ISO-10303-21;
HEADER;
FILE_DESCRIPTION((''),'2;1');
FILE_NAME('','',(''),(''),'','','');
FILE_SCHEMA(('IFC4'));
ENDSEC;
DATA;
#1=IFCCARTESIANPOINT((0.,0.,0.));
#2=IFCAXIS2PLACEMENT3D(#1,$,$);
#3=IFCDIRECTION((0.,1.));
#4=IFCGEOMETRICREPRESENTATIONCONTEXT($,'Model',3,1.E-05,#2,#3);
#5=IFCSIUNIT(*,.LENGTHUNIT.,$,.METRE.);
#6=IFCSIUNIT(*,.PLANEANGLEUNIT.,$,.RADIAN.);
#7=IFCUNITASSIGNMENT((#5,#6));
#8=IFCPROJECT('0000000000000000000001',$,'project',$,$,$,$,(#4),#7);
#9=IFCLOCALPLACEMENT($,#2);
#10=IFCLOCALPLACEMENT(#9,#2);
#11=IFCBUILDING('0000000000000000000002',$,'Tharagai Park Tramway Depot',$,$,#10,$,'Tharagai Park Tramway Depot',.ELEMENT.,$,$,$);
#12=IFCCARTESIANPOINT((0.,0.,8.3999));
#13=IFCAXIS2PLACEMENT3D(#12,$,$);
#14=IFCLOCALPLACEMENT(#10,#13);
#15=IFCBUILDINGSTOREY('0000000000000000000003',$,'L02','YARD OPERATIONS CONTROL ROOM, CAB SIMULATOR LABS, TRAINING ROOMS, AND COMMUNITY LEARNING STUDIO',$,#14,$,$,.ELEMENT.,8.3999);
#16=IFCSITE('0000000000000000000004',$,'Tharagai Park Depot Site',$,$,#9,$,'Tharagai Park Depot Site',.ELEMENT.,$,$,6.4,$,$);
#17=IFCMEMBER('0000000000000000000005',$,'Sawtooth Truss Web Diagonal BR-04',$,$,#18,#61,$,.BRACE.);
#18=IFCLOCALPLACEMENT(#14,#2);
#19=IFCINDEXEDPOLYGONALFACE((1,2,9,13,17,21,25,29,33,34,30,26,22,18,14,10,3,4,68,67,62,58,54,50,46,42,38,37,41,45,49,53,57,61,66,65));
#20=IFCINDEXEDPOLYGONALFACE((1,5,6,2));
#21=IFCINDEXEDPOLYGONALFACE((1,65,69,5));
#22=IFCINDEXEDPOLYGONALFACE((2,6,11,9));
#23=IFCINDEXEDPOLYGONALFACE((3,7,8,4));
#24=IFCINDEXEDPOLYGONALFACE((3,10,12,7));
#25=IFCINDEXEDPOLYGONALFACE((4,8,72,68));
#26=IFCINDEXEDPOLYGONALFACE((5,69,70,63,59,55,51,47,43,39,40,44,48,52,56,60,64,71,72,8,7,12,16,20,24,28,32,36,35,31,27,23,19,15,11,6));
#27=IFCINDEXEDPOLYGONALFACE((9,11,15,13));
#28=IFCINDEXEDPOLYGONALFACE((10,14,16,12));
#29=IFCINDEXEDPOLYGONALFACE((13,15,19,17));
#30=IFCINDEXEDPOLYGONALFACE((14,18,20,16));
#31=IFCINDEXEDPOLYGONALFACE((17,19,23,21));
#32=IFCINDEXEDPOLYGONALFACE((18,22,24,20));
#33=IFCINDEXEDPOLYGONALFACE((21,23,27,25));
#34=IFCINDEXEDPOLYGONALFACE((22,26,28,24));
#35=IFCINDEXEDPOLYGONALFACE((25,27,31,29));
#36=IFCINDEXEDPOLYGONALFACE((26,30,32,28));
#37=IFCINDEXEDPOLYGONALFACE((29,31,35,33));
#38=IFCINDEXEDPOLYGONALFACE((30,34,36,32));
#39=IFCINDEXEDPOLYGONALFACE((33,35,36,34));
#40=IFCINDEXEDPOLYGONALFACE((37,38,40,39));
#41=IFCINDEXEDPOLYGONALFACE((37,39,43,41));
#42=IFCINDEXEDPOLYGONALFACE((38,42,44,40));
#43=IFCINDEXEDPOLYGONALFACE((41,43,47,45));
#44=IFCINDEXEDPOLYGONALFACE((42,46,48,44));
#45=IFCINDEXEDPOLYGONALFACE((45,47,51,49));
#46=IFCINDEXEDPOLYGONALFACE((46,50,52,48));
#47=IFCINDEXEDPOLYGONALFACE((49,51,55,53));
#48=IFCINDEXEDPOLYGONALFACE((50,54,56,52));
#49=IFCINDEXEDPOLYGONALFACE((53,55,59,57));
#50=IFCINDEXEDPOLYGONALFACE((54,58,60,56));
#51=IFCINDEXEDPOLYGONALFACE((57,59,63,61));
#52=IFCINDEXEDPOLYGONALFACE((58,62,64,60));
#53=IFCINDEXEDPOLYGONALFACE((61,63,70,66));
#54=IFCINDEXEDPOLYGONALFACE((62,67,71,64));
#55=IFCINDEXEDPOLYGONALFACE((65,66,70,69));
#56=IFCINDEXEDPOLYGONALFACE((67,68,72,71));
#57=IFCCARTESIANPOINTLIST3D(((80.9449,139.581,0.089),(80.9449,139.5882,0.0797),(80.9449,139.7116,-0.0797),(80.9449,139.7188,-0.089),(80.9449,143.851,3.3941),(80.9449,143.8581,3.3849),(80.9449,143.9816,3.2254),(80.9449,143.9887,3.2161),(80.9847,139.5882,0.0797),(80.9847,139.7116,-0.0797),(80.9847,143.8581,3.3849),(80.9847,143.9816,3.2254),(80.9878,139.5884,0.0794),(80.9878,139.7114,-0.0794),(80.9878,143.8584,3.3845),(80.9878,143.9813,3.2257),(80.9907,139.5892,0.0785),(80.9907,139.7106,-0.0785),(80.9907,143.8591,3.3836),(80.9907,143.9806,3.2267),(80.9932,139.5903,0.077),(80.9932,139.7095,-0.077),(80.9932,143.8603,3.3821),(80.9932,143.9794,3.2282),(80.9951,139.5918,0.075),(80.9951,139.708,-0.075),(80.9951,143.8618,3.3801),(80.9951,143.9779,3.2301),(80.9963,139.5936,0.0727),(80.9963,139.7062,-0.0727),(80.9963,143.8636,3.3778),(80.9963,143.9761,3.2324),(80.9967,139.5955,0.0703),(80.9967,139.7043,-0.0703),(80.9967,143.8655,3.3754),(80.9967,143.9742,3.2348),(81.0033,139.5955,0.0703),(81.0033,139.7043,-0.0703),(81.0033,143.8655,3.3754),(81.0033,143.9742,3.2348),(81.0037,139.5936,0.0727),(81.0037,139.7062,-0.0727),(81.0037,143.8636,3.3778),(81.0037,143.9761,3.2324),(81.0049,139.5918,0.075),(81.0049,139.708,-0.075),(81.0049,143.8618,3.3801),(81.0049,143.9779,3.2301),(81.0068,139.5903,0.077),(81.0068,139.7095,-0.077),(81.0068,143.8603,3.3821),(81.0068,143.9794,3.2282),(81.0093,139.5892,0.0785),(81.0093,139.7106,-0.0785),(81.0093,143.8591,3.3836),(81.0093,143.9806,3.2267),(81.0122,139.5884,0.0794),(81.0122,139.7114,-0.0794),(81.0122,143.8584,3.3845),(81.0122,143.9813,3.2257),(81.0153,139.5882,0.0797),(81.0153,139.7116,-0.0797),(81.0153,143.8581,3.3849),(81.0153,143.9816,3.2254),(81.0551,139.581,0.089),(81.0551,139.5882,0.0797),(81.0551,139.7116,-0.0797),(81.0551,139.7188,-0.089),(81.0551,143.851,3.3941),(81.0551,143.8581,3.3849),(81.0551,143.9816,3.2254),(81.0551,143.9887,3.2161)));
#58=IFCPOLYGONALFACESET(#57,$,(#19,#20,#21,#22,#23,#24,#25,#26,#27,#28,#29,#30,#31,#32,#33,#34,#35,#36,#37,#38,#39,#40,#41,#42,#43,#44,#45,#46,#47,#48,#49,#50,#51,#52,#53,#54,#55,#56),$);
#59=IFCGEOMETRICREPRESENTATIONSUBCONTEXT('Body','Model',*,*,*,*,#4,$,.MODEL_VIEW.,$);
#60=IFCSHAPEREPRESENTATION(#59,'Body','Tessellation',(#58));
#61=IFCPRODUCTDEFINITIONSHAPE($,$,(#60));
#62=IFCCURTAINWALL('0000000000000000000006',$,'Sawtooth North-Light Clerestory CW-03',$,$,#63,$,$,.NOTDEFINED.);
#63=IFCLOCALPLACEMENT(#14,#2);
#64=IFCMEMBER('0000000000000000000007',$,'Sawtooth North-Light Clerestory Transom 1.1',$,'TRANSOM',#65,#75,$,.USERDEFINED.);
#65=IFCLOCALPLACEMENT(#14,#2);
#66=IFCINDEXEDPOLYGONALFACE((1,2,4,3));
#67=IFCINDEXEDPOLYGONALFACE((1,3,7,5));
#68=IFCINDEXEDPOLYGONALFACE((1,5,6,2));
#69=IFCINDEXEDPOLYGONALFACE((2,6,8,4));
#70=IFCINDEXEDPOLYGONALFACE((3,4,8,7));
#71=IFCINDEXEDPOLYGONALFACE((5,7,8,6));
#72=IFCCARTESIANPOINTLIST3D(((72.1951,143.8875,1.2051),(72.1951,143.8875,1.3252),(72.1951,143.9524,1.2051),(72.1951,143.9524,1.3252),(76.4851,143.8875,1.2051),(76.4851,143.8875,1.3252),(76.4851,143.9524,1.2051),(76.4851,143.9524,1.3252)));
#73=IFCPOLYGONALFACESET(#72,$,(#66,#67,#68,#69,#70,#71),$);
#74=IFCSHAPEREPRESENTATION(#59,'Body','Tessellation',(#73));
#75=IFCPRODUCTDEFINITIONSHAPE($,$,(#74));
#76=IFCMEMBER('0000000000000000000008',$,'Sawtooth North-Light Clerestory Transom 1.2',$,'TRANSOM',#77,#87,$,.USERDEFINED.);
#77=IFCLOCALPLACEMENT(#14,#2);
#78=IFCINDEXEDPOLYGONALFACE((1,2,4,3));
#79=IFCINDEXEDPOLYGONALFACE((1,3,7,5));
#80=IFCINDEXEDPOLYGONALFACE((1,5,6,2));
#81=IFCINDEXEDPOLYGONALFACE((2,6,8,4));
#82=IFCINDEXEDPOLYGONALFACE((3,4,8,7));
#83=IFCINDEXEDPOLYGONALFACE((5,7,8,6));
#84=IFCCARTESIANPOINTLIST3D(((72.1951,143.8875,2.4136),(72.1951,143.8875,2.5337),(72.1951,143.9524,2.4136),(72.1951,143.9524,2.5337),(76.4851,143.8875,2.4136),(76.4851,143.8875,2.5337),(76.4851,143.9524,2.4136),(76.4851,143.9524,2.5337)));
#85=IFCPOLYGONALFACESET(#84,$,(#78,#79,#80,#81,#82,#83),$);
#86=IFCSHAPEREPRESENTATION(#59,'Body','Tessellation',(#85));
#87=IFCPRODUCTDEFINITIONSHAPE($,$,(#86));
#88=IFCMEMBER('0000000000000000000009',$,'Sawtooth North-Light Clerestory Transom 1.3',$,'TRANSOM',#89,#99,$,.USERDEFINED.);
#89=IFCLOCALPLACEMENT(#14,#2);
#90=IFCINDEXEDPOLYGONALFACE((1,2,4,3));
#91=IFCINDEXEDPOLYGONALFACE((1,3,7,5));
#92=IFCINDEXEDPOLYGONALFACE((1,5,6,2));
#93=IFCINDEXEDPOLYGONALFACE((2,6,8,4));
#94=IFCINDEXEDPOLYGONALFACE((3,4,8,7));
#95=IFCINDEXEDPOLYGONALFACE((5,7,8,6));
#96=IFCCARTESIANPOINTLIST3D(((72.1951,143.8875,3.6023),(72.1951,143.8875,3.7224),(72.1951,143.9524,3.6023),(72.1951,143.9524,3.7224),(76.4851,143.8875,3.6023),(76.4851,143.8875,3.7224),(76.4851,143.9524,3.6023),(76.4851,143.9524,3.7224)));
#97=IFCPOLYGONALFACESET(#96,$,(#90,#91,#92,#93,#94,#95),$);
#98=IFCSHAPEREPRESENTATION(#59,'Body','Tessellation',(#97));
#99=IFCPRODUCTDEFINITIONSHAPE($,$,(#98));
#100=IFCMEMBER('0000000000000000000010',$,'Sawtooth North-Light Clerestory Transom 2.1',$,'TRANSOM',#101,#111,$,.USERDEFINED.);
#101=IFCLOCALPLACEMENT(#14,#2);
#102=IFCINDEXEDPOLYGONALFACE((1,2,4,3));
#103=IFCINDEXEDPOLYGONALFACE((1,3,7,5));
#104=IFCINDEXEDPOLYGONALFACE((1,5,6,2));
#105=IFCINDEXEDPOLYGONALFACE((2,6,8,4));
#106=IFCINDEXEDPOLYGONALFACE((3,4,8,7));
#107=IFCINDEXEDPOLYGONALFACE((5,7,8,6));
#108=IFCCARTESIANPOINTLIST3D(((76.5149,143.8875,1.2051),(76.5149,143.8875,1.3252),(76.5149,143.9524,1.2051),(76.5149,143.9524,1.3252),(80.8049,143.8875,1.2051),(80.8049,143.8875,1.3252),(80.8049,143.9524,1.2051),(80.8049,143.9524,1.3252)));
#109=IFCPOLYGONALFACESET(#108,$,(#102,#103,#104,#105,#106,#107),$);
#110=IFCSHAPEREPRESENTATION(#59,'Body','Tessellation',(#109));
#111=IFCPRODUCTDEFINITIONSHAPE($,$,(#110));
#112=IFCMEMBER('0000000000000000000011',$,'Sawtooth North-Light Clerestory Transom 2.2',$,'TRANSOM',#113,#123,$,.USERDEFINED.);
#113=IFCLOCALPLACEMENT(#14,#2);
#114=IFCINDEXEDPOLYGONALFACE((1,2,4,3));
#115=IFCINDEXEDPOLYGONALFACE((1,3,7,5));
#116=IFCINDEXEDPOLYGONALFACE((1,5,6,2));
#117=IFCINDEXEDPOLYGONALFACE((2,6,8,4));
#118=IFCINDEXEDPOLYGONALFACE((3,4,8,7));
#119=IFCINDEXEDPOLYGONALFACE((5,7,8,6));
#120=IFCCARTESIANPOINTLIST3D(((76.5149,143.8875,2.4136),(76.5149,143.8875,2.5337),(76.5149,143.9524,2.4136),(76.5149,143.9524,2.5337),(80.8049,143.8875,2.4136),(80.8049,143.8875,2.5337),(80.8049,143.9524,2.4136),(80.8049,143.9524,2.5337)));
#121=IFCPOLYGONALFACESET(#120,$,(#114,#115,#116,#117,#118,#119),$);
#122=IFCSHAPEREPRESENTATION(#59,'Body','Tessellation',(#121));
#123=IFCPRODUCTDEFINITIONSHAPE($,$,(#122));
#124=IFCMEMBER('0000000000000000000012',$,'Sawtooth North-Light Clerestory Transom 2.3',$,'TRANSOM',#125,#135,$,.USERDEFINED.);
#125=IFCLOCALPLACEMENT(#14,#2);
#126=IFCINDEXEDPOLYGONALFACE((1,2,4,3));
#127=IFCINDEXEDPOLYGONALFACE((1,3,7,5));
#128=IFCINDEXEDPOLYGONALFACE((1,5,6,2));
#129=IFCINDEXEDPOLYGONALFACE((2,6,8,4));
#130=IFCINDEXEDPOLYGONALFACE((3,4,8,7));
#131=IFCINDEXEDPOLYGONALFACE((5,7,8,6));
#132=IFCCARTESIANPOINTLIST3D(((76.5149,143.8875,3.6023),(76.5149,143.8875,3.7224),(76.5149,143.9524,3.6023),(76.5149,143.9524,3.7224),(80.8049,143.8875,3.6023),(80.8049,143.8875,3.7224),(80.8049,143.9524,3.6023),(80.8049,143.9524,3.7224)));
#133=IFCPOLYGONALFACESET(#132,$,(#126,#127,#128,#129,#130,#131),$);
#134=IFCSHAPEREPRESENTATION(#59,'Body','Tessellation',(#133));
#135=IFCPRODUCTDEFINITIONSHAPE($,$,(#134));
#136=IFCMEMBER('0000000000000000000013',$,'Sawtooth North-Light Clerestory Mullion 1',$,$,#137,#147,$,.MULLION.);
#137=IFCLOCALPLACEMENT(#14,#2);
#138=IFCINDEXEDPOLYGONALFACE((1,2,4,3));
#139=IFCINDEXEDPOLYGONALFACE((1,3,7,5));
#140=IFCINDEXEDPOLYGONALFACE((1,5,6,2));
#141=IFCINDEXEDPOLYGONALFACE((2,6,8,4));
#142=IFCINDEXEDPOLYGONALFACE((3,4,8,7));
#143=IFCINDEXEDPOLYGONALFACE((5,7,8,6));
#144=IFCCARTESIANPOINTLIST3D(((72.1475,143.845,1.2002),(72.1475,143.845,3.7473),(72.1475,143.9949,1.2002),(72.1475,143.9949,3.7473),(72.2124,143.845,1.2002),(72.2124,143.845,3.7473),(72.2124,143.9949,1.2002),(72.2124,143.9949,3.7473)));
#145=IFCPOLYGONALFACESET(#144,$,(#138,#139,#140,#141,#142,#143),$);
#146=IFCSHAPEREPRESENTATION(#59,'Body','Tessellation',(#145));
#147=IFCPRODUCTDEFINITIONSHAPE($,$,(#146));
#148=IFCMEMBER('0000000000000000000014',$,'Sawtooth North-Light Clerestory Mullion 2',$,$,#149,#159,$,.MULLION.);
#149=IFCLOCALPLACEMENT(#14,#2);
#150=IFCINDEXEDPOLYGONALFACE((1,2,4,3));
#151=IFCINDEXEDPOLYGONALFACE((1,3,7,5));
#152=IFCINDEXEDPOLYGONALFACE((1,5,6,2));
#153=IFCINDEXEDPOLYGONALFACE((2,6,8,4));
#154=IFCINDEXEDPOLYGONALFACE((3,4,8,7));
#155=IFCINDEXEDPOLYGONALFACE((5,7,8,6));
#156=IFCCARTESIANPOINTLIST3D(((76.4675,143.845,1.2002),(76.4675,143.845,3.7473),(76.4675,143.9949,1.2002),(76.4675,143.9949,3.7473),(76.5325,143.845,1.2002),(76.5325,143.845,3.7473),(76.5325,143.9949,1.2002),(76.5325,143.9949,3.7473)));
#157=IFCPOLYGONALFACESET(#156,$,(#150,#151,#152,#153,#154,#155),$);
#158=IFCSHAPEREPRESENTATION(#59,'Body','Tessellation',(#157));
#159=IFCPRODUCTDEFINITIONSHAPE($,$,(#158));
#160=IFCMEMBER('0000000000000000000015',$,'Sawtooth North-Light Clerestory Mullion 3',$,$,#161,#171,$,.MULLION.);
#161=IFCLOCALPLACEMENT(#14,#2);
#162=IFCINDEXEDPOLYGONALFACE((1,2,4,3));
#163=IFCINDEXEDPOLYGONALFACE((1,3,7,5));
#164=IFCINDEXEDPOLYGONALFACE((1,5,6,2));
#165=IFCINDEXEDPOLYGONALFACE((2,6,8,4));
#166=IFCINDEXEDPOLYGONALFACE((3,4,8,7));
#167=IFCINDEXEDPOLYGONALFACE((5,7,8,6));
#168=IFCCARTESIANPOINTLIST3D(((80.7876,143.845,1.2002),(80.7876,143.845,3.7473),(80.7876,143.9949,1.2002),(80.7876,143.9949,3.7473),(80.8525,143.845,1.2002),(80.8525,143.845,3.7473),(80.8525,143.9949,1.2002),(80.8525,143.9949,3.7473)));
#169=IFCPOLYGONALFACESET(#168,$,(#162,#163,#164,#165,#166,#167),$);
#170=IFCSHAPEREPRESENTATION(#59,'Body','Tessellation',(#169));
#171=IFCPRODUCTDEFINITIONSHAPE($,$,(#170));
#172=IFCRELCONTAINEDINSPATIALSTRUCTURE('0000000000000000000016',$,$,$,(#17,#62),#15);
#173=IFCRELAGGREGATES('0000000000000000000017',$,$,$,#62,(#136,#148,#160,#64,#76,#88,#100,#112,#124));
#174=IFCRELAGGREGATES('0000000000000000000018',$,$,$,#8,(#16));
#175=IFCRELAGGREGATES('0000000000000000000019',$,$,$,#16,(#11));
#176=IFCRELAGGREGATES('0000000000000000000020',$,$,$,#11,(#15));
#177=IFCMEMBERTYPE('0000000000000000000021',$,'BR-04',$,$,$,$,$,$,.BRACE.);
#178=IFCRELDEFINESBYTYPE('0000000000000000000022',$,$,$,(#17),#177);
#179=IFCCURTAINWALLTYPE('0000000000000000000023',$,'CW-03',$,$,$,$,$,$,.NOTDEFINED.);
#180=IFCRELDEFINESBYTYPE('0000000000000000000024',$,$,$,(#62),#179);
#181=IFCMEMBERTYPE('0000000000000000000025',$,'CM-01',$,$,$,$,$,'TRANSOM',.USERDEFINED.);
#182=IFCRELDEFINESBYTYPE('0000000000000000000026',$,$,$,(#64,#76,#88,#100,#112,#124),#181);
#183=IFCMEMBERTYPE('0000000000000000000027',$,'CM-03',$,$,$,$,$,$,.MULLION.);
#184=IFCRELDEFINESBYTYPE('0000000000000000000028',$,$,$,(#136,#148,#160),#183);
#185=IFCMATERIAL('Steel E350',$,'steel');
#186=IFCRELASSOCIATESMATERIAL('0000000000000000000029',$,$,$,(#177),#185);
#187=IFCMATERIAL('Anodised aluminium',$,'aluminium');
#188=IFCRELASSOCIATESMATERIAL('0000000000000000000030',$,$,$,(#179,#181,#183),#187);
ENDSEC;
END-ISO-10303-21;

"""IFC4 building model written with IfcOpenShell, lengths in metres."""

from ifc_helpers import new_model, si_unit, direction, frame, origin, origin_2d, place, context, subcontext, project, spatial, rectangle, i_section, extrude, material, material_profile, profile_set, type_object, element, aggregate, save


model = new_model("IFC4")

# Units and contexts
model_context = context("Model", 3, precision=1e-05, world=origin(), true_north=direction((0.0, 1.0)))
body_context = subcontext(model_context, "Body", "Model", "MODEL_VIEW")
ifc_project = project(units=[si_unit("LENGTHUNIT", "METRE"), si_unit("PLANEANGLEUNIT", "RADIAN")], contexts=[model_context])

# Site, building, storey
site_placement = place(None, origin())
site = spatial("IfcSite", under=ifc_project, at=site_placement, Name="Tharagai Park Depot Site", LongName="Tharagai Park Depot Site", CompositionType="ELEMENT", RefElevation=6.4)
building_placement = place(site_placement, origin())
building = spatial("IfcBuilding", under=site, at=building_placement, Name="Tharagai Park Tramway Depot", LongName="Tharagai Park Tramway Depot", CompositionType="ELEMENT")
storey_placement = place(building_placement, frame((0.0, 0.0, 8.3999)))
storey = spatial("IfcBuildingStorey", under=building, at=storey_placement, Name="L02", Description="YARD OPERATIONS CONTROL ROOM, CAB SIMULATOR LABS, TRAINING ROOMS, AND COMMUNITY LEARNING STUDIO", CompositionType="ELEMENT", Elevation=8.3999)

# Shared definitions
ifc_material_1 = material(Name="Steel E350", Category="steel")

# Member
ifc_material_profile_1 = material_profile(ifc_material_1, i_section(OverallWidth=0.1101, OverallDepth=0.2251, WebThickness=0.0066, FlangeThickness=0.0117, FilletRadius=0.012, at=origin_2d()), Name="ISMB 225")
ifc_profile_set_1 = profile_set([ifc_material_profile_1], Name="Steel E350")
member_type_1 = type_object("IfcMemberType", Name="BR-04", PredefinedType="BRACE", material=ifc_profile_set_1)
for number, where, z_axis, x_axis, name in (
    (1, (81.0, 139.6499, 0.0), (0.0, 0.790782, 0.612098), (-1.0, 0.0, 0.0), "Sawtooth Truss Web Diagonal BR-04"),
):
    element("IfcMember", number, at=place(storey_placement, frame(where, z_axis=z_axis, x_axis=x_axis)), inside=storey, type_object=member_type_1, Name=name, PredefinedType="BRACE", context=body_context, shape_type="SweptSolid", body=[
        extrude(i_section(OverallWidth=0.1101, OverallDepth=0.2251, WebThickness=0.0066, FlangeThickness=0.0117, FilletRadius=0.012, at=origin_2d()), origin(), (0.0, 0.0, 1.0), 5.3997),
    ])

# Curtain wall, members
ifc_material_2 = material(Name="Anodised aluminium", Category="aluminium")
curtain_wall_type = type_object("IfcCurtainWallType", Name="CW-03", PredefinedType="NOTDEFINED", material=ifc_material_2)
curtain_wall_placement = place(storey_placement, origin())
curtain_wall = element("IfcCurtainWall", 2, at=curtain_wall_placement, inside=storey, type_object=curtain_wall_type, Name="Sawtooth North-Light Clerestory CW-03", PredefinedType="NOTDEFINED")
ifc_material_profile_2 = material_profile(ifc_material_2, rectangle(XDim=0.0649, YDim=0.1201, at=origin_2d()), Name="ALU 65x120")
ifc_profile_set_2 = profile_set([ifc_material_profile_2], Name="Anodised aluminium")
member_type_2 = type_object("IfcMemberType", Name="CM-01", ElementType="TRANSOM", PredefinedType="USERDEFINED", material=ifc_profile_set_2)
member_1_placement = place(storey_placement, frame((72.1951, 143.9199, 1.2651), z_axis=(1.0, 0.0, 0.0), x_axis=(0.0, 1.0, 0.0)))
member_1 = element("IfcMember", 3, at=member_1_placement, type_object=member_type_2, Name="Sawtooth North-Light Clerestory Transom 1.1", ObjectType="TRANSOM", PredefinedType="USERDEFINED", context=body_context, shape_type="SweptSolid", body=[
    extrude(rectangle(XDim=0.0649, YDim=0.1201, at=origin_2d()), origin(), (0.0, 0.0, 1.0), 4.29),
])
member_2_placement = place(storey_placement, frame((72.1951, 143.9199, 2.4736), z_axis=(1.0, 0.0, 0.0), x_axis=(0.0, 1.0, 0.0)))
member_2 = element("IfcMember", 4, at=member_2_placement, type_object=member_type_2, Name="Sawtooth North-Light Clerestory Transom 1.2", ObjectType="TRANSOM", PredefinedType="USERDEFINED", context=body_context, shape_type="SweptSolid", body=[
    extrude(rectangle(XDim=0.0649, YDim=0.1201, at=origin_2d()), origin(), (0.0, 0.0, 1.0), 4.29),
])
member_3_placement = place(storey_placement, frame((72.1951, 143.9199, 3.6624), z_axis=(1.0, 0.0, 0.0), x_axis=(0.0, 1.0, 0.0)))
member_3 = element("IfcMember", 5, at=member_3_placement, type_object=member_type_2, Name="Sawtooth North-Light Clerestory Transom 1.3", ObjectType="TRANSOM", PredefinedType="USERDEFINED", context=body_context, shape_type="SweptSolid", body=[
    extrude(rectangle(XDim=0.0649, YDim=0.1201, at=origin_2d()), origin(), (0.0, 0.0, 1.0), 4.29),
])
member_4_placement = place(storey_placement, frame((76.5149, 143.9199, 1.2651), z_axis=(1.0, 0.0, 0.0), x_axis=(0.0, 1.0, 0.0)))
member_4 = element("IfcMember", 6, at=member_4_placement, type_object=member_type_2, Name="Sawtooth North-Light Clerestory Transom 2.1", ObjectType="TRANSOM", PredefinedType="USERDEFINED", context=body_context, shape_type="SweptSolid", body=[
    extrude(rectangle(XDim=0.0649, YDim=0.1201, at=origin_2d()), origin(), (0.0, 0.0, 1.0), 4.29),
])
member_5_placement = place(storey_placement, frame((76.5149, 143.9199, 2.4736), z_axis=(1.0, 0.0, 0.0), x_axis=(0.0, 1.0, 0.0)))
member_5 = element("IfcMember", 7, at=member_5_placement, type_object=member_type_2, Name="Sawtooth North-Light Clerestory Transom 2.2", ObjectType="TRANSOM", PredefinedType="USERDEFINED", context=body_context, shape_type="SweptSolid", body=[
    extrude(rectangle(XDim=0.0649, YDim=0.1201, at=origin_2d()), origin(), (0.0, 0.0, 1.0), 4.29),
])
member_6_placement = place(storey_placement, frame((76.5149, 143.9199, 3.6624), z_axis=(1.0, 0.0, 0.0), x_axis=(0.0, 1.0, 0.0)))
member_6 = element("IfcMember", 8, at=member_6_placement, type_object=member_type_2, Name="Sawtooth North-Light Clerestory Transom 2.3", ObjectType="TRANSOM", PredefinedType="USERDEFINED", context=body_context, shape_type="SweptSolid", body=[
    extrude(rectangle(XDim=0.0649, YDim=0.1201, at=origin_2d()), origin(), (0.0, 0.0, 1.0), 4.29),
])
ifc_material_profile_3 = material_profile(ifc_material_2, rectangle(XDim=0.0649, YDim=0.1499, at=origin_2d()), Name="ALU 65x150")
ifc_profile_set_3 = profile_set([ifc_material_profile_3], Name="Anodised aluminium")
member_type_3 = type_object("IfcMemberType", Name="CM-03", PredefinedType="MULLION", material=ifc_profile_set_3)
member_7_placement = place(storey_placement, frame((72.1799, 143.9199, 1.2002), z_axis=(0.0, 0.0, 1.0), x_axis=(1.0, 0.0, 0.0)))
member_7 = element("IfcMember", 9, at=member_7_placement, type_object=member_type_3, Name="Sawtooth North-Light Clerestory Mullion 1", PredefinedType="MULLION", context=body_context, shape_type="SweptSolid", body=[
    extrude(rectangle(XDim=0.0649, YDim=0.1499, at=origin_2d()), origin(), (0.0, 0.0, 1.0), 2.5471),
])
member_8_placement = place(storey_placement, frame((76.5, 143.9199, 1.2002), z_axis=(0.0, 0.0, 1.0), x_axis=(1.0, 0.0, 0.0)))
member_8 = element("IfcMember", 10, at=member_8_placement, type_object=member_type_3, Name="Sawtooth North-Light Clerestory Mullion 2", PredefinedType="MULLION", context=body_context, shape_type="SweptSolid", body=[
    extrude(rectangle(XDim=0.0649, YDim=0.1499, at=origin_2d()), origin(), (0.0, 0.0, 1.0), 2.5471),
])
member_9_placement = place(storey_placement, frame((80.8201, 143.9199, 1.2002), z_axis=(0.0, 0.0, 1.0), x_axis=(1.0, 0.0, 0.0)))
member_9 = element("IfcMember", 11, at=member_9_placement, type_object=member_type_3, Name="Sawtooth North-Light Clerestory Mullion 3", PredefinedType="MULLION", context=body_context, shape_type="SweptSolid", body=[
    extrude(rectangle(XDim=0.0649, YDim=0.1499, at=origin_2d()), origin(), (0.0, 0.0, 1.0), 2.5471),
])

aggregate(curtain_wall, [member_7, member_8, member_9, member_1, member_2, member_3, member_4, member_5, member_6])

save(model, "model.ifc")
